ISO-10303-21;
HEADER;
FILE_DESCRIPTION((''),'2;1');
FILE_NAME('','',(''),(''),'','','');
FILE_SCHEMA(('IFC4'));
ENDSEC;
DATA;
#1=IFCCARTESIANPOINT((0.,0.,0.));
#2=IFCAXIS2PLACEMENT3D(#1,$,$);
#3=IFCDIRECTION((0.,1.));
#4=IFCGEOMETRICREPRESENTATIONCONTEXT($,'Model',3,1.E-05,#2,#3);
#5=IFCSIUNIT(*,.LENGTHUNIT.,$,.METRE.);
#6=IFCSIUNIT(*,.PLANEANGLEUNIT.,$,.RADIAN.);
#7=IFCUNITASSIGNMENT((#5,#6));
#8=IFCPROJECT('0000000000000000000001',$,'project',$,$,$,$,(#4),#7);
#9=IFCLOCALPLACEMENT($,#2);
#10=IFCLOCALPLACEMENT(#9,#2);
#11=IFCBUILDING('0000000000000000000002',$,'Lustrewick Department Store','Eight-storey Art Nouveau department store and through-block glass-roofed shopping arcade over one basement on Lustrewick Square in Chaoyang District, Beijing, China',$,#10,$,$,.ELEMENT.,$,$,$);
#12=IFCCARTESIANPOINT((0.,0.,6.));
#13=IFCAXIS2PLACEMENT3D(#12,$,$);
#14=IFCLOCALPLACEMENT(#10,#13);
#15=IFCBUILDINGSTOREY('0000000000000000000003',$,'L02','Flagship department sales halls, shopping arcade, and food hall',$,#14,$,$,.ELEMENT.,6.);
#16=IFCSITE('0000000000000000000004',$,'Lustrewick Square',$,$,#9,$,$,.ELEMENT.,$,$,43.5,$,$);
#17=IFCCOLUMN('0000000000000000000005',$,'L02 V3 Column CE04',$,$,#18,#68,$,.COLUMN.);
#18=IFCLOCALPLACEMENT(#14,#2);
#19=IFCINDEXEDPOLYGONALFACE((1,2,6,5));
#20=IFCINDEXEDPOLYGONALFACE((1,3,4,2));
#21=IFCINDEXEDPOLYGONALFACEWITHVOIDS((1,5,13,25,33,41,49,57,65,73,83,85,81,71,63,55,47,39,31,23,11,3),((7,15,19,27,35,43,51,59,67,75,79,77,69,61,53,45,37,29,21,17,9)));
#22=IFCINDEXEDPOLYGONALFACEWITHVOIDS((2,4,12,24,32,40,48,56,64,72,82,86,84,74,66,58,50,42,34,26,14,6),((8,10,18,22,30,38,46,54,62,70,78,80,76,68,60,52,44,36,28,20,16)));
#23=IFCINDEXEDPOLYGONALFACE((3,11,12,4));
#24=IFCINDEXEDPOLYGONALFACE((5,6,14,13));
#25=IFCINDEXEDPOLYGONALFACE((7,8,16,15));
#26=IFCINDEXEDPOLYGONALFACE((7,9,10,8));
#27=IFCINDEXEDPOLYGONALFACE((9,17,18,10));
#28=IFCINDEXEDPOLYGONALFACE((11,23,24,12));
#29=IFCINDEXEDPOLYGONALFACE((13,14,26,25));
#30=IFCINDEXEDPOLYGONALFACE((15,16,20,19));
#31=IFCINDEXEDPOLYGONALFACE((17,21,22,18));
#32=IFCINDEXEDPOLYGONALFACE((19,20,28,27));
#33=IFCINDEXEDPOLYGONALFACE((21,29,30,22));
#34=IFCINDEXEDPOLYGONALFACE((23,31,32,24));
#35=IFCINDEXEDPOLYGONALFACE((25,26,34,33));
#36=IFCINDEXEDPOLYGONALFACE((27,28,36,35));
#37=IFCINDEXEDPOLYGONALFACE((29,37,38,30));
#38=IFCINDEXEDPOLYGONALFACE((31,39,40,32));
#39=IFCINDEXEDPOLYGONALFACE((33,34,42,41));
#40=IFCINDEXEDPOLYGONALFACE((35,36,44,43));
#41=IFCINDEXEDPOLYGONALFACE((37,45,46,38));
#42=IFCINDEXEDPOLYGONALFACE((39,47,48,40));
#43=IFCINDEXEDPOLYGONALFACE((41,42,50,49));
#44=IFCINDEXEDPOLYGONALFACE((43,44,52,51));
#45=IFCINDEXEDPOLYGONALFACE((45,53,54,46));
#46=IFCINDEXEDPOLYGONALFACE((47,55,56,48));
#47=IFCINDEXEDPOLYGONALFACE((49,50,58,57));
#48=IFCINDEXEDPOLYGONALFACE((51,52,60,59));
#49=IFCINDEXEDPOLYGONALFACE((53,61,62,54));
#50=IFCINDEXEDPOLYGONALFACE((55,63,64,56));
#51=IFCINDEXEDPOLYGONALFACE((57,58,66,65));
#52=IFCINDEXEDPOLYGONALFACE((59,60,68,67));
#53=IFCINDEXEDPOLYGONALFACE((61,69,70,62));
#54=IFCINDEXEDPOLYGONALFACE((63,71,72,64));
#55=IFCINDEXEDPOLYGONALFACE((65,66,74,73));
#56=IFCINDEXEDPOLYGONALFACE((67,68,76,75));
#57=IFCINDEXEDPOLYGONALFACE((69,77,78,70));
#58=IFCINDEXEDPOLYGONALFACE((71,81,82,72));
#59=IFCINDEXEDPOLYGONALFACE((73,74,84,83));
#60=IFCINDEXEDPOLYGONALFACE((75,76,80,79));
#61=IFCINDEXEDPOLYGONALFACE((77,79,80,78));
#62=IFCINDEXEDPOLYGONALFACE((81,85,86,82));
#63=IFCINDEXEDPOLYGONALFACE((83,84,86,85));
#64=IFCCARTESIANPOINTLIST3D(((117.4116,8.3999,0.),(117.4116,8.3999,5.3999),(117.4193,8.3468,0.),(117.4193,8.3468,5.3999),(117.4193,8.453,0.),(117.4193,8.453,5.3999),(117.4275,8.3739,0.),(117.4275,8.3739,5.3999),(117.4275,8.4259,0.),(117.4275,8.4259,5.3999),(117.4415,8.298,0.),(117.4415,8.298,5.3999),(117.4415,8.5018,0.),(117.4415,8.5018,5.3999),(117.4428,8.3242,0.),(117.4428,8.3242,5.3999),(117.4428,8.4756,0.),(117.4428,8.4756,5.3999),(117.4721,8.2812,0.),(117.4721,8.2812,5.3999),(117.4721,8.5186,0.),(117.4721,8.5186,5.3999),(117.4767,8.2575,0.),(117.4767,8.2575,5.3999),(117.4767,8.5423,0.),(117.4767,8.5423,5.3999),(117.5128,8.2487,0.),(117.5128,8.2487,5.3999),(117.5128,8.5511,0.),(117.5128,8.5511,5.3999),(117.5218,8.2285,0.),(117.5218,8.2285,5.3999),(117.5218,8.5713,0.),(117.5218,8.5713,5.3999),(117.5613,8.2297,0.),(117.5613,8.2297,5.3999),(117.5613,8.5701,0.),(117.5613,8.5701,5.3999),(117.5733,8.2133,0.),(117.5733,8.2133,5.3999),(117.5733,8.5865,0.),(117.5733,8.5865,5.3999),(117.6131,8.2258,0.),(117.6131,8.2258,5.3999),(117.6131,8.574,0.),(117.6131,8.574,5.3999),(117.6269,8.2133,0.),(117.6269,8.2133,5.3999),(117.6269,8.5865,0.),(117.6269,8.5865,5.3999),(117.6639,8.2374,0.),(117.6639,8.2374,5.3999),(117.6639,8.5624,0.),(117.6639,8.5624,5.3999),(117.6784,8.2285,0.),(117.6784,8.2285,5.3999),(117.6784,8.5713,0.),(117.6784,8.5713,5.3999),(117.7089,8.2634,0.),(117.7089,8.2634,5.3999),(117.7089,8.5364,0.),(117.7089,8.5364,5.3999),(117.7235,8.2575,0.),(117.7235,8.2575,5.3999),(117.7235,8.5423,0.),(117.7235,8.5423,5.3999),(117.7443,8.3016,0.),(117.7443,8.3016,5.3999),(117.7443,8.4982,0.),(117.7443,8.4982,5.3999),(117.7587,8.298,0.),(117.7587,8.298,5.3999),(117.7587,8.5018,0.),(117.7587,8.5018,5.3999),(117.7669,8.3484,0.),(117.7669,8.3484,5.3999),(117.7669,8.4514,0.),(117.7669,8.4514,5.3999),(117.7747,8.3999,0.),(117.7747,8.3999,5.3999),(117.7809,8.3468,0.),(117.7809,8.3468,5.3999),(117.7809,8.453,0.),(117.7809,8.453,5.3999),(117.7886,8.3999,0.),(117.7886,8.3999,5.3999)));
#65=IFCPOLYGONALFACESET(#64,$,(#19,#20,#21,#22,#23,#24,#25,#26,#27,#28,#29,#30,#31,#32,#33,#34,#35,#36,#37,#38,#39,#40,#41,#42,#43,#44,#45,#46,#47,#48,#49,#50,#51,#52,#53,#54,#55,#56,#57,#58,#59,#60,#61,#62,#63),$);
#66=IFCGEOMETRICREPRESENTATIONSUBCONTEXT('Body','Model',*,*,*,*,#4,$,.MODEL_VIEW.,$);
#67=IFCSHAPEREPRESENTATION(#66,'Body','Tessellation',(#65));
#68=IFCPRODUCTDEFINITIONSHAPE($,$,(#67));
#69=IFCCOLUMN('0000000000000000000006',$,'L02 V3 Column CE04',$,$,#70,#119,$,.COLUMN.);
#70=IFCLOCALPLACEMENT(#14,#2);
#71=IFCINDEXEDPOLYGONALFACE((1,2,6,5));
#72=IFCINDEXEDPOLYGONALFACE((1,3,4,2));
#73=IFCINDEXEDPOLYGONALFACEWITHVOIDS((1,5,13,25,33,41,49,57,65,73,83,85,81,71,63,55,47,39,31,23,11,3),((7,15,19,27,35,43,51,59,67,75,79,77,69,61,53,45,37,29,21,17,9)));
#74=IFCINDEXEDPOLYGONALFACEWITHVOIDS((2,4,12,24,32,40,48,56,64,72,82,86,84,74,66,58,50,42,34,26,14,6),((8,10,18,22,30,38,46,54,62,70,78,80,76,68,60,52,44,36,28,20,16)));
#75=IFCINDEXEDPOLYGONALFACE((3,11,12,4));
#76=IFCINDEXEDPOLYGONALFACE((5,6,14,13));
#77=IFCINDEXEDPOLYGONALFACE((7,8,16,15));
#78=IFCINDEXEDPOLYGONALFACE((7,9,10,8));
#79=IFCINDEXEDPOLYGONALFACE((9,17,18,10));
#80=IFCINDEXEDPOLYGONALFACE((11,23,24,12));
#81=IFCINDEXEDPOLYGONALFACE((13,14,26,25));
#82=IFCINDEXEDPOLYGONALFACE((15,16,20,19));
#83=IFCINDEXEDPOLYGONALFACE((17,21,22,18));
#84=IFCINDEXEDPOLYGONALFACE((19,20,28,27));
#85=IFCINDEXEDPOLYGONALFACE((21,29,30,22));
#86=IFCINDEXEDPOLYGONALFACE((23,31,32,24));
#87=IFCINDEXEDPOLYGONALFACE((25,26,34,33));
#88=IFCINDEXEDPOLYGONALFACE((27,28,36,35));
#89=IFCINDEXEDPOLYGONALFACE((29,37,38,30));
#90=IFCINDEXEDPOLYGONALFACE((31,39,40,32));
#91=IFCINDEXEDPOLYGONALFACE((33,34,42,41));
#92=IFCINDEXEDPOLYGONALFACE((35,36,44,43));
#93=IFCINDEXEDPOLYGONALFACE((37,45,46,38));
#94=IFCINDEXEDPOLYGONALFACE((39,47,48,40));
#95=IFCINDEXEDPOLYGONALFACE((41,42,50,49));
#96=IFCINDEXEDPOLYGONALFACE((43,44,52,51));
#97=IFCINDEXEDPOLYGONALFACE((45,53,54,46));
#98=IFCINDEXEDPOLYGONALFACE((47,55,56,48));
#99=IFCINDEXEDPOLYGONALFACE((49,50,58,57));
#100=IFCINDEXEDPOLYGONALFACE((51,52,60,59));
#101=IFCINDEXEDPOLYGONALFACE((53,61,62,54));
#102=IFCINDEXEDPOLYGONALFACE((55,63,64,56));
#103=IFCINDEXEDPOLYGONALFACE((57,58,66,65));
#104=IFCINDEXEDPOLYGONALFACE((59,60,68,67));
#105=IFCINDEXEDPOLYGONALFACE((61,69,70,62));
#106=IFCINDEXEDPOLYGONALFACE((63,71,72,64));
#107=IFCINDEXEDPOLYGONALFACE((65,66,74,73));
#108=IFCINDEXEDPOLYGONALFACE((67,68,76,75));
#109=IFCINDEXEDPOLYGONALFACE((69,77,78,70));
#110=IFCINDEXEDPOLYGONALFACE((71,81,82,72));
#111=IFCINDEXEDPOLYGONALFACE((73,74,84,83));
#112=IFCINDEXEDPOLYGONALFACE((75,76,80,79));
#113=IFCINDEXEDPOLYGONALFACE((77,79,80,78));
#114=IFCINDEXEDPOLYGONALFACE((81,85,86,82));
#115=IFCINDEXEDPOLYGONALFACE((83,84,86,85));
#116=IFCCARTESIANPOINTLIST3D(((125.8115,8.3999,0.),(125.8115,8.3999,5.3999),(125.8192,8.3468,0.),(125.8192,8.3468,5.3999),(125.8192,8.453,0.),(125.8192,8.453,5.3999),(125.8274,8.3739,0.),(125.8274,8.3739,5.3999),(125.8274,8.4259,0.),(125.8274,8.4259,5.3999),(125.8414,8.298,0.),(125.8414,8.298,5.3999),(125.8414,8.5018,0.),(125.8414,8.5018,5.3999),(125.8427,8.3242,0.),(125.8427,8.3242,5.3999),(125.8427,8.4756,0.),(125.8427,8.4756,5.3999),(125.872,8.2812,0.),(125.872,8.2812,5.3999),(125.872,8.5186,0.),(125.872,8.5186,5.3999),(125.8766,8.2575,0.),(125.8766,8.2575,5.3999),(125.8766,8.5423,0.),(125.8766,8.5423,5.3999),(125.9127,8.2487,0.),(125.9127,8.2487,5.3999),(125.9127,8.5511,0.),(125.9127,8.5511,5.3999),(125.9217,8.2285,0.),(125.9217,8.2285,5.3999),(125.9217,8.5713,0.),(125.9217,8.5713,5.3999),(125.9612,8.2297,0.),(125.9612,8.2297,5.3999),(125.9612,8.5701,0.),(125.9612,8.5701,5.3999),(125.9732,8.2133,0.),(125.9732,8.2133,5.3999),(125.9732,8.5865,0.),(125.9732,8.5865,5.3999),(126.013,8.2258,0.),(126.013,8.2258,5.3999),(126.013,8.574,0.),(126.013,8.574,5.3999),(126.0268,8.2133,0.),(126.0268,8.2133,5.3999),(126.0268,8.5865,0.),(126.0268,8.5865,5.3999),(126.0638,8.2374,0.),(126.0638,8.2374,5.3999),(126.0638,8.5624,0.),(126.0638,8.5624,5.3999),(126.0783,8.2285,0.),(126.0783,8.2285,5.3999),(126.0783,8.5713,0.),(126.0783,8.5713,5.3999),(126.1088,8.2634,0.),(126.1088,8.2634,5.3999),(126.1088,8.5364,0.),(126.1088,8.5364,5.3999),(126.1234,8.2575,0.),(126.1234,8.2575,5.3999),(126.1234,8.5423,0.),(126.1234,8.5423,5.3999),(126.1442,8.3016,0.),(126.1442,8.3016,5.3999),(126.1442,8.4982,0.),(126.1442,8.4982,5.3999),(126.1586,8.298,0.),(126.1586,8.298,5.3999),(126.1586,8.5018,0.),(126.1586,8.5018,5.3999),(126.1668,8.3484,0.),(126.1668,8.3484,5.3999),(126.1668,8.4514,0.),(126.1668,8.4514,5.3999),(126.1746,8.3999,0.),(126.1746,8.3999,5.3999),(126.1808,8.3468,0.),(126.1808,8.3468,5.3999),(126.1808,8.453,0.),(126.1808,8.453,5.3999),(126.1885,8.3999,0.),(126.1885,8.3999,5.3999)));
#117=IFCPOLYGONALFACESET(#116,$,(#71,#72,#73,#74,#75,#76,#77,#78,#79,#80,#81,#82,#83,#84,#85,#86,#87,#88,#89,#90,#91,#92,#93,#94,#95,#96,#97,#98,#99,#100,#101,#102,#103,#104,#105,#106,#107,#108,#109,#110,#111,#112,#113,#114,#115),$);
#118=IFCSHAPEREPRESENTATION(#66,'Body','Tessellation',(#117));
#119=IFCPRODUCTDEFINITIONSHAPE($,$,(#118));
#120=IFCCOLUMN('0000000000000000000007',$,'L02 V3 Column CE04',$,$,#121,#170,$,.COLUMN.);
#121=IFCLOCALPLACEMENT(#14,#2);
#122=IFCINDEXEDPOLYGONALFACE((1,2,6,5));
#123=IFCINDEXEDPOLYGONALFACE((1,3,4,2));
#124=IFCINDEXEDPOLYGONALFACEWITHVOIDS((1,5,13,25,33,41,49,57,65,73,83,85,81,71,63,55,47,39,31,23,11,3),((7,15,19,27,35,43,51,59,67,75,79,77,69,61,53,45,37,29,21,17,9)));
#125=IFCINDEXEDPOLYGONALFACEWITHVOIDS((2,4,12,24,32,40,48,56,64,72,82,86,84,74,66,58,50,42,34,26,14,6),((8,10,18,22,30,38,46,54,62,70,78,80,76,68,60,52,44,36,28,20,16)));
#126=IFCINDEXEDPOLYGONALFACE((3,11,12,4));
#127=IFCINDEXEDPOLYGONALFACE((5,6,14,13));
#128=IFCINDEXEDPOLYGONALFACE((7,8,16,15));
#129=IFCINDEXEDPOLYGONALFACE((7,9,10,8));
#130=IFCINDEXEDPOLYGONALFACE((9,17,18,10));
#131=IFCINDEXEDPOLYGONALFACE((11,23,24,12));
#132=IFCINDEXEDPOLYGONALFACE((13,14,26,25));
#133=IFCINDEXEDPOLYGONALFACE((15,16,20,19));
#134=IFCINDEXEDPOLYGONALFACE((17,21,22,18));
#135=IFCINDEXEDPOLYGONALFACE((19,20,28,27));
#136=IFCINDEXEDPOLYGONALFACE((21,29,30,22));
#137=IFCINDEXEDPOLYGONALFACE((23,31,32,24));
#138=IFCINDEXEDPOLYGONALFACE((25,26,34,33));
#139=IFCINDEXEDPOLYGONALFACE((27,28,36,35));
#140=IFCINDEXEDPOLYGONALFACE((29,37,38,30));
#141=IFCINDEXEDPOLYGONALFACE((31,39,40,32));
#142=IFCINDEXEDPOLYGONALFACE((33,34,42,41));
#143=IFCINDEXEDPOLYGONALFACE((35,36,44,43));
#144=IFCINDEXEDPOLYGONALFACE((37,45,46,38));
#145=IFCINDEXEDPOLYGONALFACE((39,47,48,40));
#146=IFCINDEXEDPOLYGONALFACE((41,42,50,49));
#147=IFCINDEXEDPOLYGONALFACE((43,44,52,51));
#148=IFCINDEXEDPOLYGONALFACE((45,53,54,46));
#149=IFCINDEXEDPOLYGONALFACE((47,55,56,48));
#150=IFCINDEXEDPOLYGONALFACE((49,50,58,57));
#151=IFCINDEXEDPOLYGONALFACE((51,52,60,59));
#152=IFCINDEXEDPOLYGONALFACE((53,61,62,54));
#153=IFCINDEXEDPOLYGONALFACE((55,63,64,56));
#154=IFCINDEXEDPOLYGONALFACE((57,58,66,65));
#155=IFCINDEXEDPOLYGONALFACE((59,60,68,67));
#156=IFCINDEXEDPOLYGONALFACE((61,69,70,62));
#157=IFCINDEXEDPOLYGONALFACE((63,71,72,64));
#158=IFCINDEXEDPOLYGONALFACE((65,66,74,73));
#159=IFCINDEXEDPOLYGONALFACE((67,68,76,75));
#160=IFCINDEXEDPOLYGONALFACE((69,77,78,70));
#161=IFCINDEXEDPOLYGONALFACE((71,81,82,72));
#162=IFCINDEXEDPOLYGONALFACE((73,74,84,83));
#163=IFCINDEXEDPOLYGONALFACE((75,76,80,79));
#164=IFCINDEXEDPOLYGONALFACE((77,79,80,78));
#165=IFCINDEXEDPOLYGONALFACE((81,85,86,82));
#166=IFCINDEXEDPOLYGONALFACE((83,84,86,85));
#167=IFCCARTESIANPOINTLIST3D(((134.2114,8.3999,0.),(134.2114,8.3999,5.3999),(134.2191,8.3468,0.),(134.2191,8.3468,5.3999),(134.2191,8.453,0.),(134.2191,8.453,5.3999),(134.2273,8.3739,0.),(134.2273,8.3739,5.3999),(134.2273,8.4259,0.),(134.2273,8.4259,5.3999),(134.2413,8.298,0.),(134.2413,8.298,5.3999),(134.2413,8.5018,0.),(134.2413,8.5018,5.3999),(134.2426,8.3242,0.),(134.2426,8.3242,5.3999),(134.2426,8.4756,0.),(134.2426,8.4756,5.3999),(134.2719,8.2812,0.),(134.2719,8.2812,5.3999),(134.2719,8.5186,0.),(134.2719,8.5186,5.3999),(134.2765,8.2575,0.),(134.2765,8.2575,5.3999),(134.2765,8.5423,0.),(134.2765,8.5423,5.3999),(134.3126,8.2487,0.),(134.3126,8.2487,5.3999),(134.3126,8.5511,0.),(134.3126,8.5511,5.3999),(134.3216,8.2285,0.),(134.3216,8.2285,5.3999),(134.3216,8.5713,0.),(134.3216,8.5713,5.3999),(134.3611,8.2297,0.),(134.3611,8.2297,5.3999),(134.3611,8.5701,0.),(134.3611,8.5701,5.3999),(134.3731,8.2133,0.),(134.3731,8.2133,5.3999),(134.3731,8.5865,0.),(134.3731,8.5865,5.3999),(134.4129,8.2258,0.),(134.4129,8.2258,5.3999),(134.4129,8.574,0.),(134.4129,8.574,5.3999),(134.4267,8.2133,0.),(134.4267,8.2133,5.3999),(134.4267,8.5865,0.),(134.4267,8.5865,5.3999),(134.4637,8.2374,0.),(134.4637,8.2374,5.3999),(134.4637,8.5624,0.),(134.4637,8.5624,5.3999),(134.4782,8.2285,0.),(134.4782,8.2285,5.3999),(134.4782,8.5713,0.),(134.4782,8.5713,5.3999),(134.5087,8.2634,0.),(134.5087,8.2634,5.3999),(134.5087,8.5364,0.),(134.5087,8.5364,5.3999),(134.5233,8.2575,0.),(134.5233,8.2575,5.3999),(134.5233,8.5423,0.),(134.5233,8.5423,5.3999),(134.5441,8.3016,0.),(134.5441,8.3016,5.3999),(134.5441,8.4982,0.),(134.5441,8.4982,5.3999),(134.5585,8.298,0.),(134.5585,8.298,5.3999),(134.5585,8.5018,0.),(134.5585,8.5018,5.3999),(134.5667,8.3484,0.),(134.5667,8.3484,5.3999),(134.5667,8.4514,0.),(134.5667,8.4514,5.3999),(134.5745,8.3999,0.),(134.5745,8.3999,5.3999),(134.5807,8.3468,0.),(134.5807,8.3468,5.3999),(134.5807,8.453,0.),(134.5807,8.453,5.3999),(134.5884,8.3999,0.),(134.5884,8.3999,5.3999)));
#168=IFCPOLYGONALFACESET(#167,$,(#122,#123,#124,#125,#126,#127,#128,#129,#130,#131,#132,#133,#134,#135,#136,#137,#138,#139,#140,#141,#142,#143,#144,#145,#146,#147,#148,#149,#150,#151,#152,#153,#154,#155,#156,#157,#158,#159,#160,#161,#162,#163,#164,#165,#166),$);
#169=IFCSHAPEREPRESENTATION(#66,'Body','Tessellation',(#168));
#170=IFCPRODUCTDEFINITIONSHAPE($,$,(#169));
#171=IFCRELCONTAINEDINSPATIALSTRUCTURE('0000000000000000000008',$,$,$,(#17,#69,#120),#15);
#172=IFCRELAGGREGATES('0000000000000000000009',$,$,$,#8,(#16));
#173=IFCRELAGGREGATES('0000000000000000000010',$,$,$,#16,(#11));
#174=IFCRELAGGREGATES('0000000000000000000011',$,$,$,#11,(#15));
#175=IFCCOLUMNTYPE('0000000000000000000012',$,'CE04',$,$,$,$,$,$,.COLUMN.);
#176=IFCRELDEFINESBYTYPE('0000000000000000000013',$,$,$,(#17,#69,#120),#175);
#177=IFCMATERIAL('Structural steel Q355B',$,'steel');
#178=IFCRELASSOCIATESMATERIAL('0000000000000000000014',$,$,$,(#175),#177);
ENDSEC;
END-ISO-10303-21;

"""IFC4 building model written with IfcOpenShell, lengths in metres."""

from ifc_helpers import new_model, si_unit, direction, frame, origin, origin_2d, place, context, subcontext, project, spatial, hollow_circle, extrude, material, material_profile, profile_set, type_object, element, save


model = new_model("IFC4")

# Units and contexts
model_context = context("Model", 3, precision=1e-05, world=origin(), true_north=direction((0.0, 1.0)))
body_context = subcontext(model_context, "Body", "Model", "MODEL_VIEW")
ifc_project = project(units=[si_unit("LENGTHUNIT", "METRE"), si_unit("PLANEANGLEUNIT", "RADIAN")], contexts=[model_context])

# Site, building, storey
site_placement = place(None, origin())
site = spatial("IfcSite", under=ifc_project, at=site_placement, Name="Lustrewick Square", CompositionType="ELEMENT", RefElevation=43.5)
building_placement = place(site_placement, origin())
building = spatial("IfcBuilding", under=site, at=building_placement, Name="Lustrewick Department Store", Description="Eight-storey Art Nouveau department store and through-block glass-roofed shopping arcade over one basement on Lustrewick Square in Chaoyang District, Beijing, China", CompositionType="ELEMENT")
storey_placement = place(building_placement, frame((0.0, 0.0, 6.0)))
storey = spatial("IfcBuildingStorey", under=building, at=storey_placement, Name="L02", Description="Flagship department sales halls, shopping arcade, and food hall", CompositionType="ELEMENT", Elevation=6.0)

# Columns
ifc_material_1 = material(Name="Structural steel Q355B", Category="steel")
ifc_material_profile_1 = material_profile(ifc_material_1, hollow_circle(Radius=0.1885, WallThickness=0.0139, at=origin_2d()), Name="CHS 377x14")
ifc_profile_set_1 = profile_set([ifc_material_profile_1], Name="Structural steel Q355B")
column_type = type_object("IfcColumnType", Name="CE04", PredefinedType="COLUMN", material=ifc_profile_set_1)
for number, where, z_axis, x_axis, name in (
    (1, (117.6001, 8.3999, 0.0), (0.0, 0.0, 1.0), (1.0, 0.0, 0.0), "L02 V3 Column CE04"),
    (2, (126.0, 8.3999, 0.0), (0.0, 0.0, 1.0), (1.0, 0.0, 0.0), "L02 V3 Column CE04"),
    (3, (134.3999, 8.3999, 0.0), (0.0, 0.0, 1.0), (1.0, 0.0, 0.0), "L02 V3 Column CE04"),
):
    element("IfcColumn", number, at=place(storey_placement, frame(where, z_axis=z_axis, x_axis=x_axis)), inside=storey, type_object=column_type, Name=name, PredefinedType="COLUMN", context=body_context, shape_type="SweptSolid", body=[
        extrude(hollow_circle(Radius=0.1885, WallThickness=0.0139, at=origin_2d()), origin(), (0.0, 0.0, 1.0), 5.3999),
    ])

save(model, "model.ifc")
